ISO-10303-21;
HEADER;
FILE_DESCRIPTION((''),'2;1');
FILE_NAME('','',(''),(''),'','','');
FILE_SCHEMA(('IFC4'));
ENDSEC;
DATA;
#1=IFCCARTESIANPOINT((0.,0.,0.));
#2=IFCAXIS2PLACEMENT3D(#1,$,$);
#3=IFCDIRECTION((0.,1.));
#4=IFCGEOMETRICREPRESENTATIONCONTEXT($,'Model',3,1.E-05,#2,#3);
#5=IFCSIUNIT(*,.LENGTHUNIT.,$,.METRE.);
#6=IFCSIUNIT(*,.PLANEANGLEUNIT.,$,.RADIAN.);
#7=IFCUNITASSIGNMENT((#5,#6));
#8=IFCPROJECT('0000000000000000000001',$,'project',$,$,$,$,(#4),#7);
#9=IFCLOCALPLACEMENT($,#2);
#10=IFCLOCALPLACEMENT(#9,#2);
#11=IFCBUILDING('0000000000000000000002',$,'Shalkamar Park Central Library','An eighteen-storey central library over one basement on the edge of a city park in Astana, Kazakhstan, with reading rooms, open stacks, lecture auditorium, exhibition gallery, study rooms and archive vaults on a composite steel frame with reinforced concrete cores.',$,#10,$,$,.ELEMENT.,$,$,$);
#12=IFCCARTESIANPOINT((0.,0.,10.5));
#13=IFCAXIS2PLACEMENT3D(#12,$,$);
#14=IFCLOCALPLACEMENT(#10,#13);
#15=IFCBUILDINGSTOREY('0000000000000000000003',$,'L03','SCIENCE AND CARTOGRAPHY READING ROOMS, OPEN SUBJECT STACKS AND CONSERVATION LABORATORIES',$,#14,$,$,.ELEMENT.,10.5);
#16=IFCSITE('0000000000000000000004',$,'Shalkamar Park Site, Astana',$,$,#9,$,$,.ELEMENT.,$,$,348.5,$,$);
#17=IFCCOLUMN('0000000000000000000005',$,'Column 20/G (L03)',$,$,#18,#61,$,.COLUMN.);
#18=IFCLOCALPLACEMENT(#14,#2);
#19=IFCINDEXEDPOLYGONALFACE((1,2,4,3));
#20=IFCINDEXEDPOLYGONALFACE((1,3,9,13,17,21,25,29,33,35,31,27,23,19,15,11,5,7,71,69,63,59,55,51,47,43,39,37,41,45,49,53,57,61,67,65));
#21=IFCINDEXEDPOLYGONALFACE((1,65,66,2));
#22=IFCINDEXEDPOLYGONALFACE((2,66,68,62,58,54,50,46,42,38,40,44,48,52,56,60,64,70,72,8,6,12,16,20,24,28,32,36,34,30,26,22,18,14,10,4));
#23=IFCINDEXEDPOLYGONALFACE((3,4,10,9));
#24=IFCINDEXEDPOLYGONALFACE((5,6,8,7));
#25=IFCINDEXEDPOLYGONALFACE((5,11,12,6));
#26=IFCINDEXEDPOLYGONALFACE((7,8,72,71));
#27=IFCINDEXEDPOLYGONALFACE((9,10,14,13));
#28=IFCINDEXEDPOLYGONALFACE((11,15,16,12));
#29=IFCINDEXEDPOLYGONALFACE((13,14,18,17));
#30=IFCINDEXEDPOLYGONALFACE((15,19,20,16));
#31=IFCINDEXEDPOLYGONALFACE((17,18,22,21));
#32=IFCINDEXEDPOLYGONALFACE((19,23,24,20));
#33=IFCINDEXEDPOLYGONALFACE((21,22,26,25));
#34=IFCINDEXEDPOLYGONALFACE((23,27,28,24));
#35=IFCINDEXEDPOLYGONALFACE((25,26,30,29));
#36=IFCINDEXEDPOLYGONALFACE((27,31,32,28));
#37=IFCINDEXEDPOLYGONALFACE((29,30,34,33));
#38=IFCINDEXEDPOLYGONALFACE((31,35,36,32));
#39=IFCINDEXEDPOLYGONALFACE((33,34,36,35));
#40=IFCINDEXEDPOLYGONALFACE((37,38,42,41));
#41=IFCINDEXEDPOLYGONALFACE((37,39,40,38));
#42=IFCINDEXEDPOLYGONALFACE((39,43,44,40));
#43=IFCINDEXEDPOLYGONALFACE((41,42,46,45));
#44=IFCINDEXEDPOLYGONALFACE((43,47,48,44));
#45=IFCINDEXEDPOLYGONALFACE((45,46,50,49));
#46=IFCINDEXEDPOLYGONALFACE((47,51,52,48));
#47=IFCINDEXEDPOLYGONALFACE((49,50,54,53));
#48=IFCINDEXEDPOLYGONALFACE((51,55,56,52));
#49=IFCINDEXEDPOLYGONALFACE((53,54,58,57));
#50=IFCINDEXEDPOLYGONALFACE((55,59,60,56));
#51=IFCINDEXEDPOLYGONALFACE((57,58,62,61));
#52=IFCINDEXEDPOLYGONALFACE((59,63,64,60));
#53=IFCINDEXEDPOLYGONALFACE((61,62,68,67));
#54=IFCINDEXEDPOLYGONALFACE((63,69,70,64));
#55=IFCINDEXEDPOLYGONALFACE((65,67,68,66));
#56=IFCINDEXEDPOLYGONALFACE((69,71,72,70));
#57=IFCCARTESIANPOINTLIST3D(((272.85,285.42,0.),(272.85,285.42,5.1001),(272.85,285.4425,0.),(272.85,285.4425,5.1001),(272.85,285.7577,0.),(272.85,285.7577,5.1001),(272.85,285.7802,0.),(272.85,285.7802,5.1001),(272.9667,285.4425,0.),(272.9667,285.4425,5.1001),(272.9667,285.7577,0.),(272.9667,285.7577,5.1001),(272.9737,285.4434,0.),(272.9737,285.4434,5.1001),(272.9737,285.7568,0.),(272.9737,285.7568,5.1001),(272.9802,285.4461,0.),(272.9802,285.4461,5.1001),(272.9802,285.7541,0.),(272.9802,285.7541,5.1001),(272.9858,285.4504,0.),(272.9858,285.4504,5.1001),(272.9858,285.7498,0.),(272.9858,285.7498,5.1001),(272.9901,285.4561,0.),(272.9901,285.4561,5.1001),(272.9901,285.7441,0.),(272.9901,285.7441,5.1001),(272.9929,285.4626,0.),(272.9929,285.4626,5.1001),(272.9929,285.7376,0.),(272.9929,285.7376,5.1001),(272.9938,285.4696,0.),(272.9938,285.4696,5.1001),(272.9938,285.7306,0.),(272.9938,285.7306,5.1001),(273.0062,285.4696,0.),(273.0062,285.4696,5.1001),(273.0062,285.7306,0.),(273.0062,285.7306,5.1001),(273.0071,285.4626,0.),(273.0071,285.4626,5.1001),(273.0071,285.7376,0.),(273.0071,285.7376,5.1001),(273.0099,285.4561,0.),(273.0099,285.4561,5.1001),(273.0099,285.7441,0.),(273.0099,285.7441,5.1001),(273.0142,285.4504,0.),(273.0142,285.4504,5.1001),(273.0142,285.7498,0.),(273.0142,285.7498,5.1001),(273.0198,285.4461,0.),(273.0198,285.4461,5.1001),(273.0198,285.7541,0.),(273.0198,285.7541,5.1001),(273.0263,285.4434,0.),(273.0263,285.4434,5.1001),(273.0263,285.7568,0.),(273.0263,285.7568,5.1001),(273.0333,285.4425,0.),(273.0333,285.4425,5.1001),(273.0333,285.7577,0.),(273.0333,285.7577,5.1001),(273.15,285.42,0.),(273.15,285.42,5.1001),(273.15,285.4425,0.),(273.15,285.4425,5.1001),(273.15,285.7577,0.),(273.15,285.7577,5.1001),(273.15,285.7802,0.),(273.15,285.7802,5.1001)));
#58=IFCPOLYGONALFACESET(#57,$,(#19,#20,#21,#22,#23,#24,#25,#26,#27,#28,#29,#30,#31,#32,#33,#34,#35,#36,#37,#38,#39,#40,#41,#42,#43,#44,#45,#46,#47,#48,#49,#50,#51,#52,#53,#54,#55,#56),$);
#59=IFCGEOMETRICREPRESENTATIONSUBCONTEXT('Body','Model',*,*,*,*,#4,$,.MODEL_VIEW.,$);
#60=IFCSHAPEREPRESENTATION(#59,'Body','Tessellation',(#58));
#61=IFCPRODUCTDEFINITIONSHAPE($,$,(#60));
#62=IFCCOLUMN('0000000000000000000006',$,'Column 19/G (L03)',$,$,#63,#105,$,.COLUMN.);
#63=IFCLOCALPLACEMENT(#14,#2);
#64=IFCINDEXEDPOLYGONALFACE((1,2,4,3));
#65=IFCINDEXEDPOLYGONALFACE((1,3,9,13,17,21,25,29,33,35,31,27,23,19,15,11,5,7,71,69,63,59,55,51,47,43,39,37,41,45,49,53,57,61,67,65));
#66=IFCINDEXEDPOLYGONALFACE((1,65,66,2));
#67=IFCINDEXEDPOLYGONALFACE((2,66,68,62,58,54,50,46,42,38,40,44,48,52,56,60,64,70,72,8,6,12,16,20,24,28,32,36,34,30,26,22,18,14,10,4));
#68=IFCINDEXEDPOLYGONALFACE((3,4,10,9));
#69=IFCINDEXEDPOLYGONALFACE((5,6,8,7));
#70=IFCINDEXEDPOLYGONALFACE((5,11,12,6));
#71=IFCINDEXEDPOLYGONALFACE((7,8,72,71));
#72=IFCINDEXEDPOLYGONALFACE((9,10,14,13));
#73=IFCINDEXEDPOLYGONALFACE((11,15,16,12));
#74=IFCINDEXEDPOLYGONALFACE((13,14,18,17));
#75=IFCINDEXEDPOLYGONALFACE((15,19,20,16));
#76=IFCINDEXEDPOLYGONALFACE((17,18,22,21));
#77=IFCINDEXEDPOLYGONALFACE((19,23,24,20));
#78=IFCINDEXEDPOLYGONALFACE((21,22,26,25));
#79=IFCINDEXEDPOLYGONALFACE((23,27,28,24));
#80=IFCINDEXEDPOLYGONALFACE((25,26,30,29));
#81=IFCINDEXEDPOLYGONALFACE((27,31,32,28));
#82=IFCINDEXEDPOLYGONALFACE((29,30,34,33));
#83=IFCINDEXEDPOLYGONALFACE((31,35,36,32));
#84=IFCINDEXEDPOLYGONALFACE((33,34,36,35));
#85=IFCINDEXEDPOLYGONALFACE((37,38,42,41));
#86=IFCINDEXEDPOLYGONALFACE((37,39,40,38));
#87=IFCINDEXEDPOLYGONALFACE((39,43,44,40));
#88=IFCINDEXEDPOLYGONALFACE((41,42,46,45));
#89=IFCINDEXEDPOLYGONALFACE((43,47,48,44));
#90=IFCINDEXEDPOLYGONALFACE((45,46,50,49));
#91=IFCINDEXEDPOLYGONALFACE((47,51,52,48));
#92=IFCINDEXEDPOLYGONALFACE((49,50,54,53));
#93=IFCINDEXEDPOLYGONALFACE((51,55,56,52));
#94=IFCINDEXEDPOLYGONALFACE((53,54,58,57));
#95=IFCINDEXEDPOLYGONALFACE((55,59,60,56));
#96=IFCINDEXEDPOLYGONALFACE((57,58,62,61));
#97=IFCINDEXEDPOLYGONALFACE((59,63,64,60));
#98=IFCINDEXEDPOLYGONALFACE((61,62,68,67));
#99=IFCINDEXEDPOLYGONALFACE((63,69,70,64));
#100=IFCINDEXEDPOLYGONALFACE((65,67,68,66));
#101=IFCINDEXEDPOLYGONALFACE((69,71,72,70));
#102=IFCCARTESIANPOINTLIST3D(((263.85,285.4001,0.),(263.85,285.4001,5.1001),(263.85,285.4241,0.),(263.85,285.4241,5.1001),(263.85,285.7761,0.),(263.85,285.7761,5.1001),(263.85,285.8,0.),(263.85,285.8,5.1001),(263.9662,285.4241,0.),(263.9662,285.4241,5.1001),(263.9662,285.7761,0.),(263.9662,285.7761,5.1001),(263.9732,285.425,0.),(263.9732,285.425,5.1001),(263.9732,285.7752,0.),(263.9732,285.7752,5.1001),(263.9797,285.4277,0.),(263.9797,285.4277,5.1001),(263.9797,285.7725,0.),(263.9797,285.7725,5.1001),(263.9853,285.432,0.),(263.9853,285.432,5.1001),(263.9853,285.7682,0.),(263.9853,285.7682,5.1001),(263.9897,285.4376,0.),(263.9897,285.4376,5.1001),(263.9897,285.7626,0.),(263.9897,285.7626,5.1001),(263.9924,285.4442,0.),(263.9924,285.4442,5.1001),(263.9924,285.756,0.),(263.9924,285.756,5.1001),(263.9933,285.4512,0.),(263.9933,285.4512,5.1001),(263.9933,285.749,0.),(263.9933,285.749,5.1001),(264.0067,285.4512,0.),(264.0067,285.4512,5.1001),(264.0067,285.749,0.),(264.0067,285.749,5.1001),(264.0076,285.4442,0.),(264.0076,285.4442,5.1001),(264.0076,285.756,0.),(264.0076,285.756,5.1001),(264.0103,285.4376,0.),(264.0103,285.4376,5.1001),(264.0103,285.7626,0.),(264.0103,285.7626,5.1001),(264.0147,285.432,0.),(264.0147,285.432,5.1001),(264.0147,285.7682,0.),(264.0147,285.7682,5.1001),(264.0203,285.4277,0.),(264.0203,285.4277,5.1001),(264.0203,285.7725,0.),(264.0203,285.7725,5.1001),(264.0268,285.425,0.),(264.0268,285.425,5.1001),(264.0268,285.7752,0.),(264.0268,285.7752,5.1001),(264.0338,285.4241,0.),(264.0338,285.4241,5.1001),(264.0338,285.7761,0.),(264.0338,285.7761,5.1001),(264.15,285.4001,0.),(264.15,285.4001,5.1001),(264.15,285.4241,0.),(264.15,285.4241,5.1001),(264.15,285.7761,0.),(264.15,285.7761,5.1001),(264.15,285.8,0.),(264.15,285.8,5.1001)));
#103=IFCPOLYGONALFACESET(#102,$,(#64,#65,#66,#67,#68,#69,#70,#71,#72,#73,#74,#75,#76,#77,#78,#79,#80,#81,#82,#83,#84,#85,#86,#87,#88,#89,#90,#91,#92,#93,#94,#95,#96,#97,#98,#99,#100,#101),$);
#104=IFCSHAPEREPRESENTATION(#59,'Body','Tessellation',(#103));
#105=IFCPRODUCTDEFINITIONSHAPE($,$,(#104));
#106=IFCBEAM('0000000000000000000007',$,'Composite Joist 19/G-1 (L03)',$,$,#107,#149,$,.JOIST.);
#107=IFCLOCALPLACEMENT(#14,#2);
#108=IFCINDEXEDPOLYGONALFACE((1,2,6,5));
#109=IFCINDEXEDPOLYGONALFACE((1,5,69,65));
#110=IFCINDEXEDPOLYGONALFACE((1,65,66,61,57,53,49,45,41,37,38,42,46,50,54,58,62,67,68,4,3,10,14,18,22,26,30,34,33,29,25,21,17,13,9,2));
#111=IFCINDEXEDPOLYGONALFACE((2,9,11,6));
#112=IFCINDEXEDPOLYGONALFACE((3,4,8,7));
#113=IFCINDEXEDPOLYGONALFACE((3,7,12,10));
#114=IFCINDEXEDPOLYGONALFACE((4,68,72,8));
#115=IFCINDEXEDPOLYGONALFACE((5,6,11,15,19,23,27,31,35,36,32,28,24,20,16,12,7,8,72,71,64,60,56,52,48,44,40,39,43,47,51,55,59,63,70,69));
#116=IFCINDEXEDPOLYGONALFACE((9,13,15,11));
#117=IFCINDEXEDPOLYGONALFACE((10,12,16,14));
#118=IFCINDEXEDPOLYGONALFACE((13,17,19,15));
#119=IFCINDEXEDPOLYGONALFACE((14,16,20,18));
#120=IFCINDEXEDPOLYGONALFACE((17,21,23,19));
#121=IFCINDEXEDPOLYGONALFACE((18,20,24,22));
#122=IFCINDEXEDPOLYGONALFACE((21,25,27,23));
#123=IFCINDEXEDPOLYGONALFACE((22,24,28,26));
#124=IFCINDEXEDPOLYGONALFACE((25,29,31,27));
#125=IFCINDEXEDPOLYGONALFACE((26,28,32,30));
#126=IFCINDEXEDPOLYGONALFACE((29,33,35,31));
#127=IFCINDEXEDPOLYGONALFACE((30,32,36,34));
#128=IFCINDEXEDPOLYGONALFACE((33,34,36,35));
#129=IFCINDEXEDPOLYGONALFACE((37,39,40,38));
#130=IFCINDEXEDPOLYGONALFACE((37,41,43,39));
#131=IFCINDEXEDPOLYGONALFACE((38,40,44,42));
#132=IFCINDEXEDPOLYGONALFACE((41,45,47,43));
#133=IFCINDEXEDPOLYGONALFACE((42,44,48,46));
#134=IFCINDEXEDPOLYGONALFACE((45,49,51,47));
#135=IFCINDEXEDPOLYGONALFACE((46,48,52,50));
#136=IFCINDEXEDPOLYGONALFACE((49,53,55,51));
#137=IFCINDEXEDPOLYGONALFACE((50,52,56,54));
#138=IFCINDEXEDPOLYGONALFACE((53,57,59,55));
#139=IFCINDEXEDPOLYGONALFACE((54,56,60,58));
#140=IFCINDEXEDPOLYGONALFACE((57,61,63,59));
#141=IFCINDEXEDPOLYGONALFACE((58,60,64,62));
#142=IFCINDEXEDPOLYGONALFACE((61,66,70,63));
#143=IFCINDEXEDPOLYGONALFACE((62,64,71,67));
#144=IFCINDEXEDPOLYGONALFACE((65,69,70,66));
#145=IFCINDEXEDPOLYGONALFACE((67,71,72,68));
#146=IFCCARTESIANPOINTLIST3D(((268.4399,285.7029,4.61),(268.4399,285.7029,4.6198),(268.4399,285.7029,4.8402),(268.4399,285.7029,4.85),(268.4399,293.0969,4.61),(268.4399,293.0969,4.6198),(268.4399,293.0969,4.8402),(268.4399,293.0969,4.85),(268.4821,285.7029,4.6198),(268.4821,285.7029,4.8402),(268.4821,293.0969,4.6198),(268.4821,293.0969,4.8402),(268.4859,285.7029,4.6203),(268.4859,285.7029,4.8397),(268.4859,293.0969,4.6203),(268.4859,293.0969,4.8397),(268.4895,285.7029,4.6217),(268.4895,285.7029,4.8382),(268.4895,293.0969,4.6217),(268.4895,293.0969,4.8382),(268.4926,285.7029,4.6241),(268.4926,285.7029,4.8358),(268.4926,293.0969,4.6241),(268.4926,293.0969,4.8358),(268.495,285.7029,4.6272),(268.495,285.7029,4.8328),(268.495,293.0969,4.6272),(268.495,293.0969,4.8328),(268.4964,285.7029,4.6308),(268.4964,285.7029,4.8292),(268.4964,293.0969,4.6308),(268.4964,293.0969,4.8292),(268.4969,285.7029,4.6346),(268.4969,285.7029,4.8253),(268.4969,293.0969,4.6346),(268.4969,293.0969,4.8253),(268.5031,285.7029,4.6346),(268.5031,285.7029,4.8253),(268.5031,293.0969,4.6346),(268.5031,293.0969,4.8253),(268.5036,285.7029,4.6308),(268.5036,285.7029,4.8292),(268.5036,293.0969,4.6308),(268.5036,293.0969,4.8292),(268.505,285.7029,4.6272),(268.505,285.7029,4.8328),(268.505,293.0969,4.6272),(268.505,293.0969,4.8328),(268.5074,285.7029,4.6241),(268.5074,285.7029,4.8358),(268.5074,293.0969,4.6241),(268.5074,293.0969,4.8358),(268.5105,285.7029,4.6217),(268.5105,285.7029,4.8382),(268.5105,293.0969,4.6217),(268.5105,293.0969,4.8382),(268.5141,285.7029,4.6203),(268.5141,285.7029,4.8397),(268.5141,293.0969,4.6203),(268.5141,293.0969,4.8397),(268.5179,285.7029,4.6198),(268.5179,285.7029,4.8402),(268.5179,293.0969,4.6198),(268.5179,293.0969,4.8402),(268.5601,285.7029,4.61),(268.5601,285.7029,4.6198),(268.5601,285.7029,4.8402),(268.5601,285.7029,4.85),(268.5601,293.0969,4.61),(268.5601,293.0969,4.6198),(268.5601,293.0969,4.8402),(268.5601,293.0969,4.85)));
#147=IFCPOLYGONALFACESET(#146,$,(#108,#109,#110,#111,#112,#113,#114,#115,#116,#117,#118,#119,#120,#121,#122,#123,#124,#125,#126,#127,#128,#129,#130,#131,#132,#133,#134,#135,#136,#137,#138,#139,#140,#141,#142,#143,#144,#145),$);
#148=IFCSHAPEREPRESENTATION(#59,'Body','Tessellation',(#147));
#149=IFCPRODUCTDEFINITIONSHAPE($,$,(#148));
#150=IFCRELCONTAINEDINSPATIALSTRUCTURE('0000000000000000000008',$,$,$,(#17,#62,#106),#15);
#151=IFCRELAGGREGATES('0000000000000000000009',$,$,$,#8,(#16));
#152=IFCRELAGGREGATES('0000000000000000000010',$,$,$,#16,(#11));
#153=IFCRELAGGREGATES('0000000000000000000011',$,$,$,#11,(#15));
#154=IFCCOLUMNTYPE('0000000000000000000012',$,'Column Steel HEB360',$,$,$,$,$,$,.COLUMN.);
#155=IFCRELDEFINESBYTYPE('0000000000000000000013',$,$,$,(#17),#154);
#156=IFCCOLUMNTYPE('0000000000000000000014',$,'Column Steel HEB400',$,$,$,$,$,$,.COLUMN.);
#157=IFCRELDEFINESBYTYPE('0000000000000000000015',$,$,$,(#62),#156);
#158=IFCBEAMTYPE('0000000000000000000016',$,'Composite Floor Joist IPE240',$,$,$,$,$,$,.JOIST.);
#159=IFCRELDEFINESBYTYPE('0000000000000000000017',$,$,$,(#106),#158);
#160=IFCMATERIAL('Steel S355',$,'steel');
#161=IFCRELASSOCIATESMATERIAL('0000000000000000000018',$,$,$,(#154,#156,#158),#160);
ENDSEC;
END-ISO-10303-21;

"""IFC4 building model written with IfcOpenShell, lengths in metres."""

from ifc_helpers import new_model, si_unit, direction, frame, origin, origin_2d, place, context, subcontext, project, spatial, i_section, extrude, material, material_profile, profile_set, type_object, element, save


model = new_model("IFC4")

# Units and contexts
model_context = context("Model", 3, precision=1e-05, world=origin(), true_north=direction((0.0, 1.0)))
body_context = subcontext(model_context, "Body", "Model", "MODEL_VIEW")
ifc_project = project(units=[si_unit("LENGTHUNIT", "METRE"), si_unit("PLANEANGLEUNIT", "RADIAN")], contexts=[model_context])

# Site, building, storey
site_placement = place(None, origin())
site = spatial("IfcSite", under=ifc_project, at=site_placement, Name="Shalkamar Park Site, Astana", CompositionType="ELEMENT", RefElevation=348.5)
building_placement = place(site_placement, origin())
building = spatial("IfcBuilding", under=site, at=building_placement, Name="Shalkamar Park Central Library", Description="An eighteen-storey central library over one basement on the edge of a city park in Astana, Kazakhstan, with reading rooms, open stacks, lecture auditorium, exhibition gallery, study rooms and archive vaults on a composite steel frame with reinforced concrete cores.", CompositionType="ELEMENT")
storey_placement = place(building_placement, frame((0.0, 0.0, 10.5)))
storey = spatial("IfcBuildingStorey", under=building, at=storey_placement, Name="L03", Description="SCIENCE AND CARTOGRAPHY READING ROOMS, OPEN SUBJECT STACKS AND CONSERVATION LABORATORIES", CompositionType="ELEMENT", Elevation=10.5)

# Columns
ifc_material_1 = material(Name="Steel S355", Category="steel")
ifc_material_profile_1 = material_profile(ifc_material_1, i_section(OverallWidth=0.3, OverallDepth=0.3601, WebThickness=0.0125, FlangeThickness=0.0225, FilletRadius=0.0271, at=origin_2d()), Name="HEB 360")
ifc_profile_set_1 = profile_set([ifc_material_profile_1], Name="Steel S355")
column_type_1 = type_object("IfcColumnType", Name="Column Steel HEB360", PredefinedType="COLUMN", material=ifc_profile_set_1)
column_1_placement = place(storey_placement, frame((273.0, 285.6001, 0.0), z_axis=(0.0, 0.0, 1.0), x_axis=(1.0, 0.0, 0.0)))
element("IfcColumn", 1, at=column_1_placement, inside=storey, type_object=column_type_1, Name="Column 20/G (L03)", PredefinedType="COLUMN", context=body_context, shape_type="SweptSolid", body=[
    extrude(i_section(OverallWidth=0.3, OverallDepth=0.3601, WebThickness=0.0125, FlangeThickness=0.0225, FilletRadius=0.0271, at=origin_2d()), origin(), (0.0, 0.0, 1.0), 5.1001),
])
ifc_material_profile_2 = material_profile(ifc_material_1, i_section(OverallWidth=0.3, OverallDepth=0.3999, WebThickness=0.0134, FlangeThickness=0.0239, FilletRadius=0.0271, at=origin_2d()), Name="HEB 400")
ifc_profile_set_2 = profile_set([ifc_material_profile_2], Name="Steel S355")
column_type_2 = type_object("IfcColumnType", Name="Column Steel HEB400", PredefinedType="COLUMN", material=ifc_profile_set_2)
column_2_placement = place(storey_placement, frame((264.0, 285.6001, 0.0), z_axis=(0.0, 0.0, 1.0), x_axis=(1.0, 0.0, 0.0)))
element("IfcColumn", 2, at=column_2_placement, inside=storey, type_object=column_type_2, Name="Column 19/G (L03)", PredefinedType="COLUMN", context=body_context, shape_type="SweptSolid", body=[
    extrude(i_section(OverallWidth=0.3, OverallDepth=0.3999, WebThickness=0.0134, FlangeThickness=0.0239, FilletRadius=0.0271, at=origin_2d()), origin(), (0.0, 0.0, 1.0), 5.1001),
])

# Beam
ifc_material_profile_3 = material_profile(ifc_material_1, i_section(OverallWidth=0.1201, OverallDepth=0.24, WebThickness=0.0061, FlangeThickness=0.0098, FilletRadius=0.0149, at=origin_2d()), Name="IPE 240")
ifc_profile_set_3 = profile_set([ifc_material_profile_3], Name="Steel S355")
beam_type_1 = type_object("IfcBeamType", Name="Composite Floor Joist IPE240", PredefinedType="JOIST", material=ifc_profile_set_3)
beam_1_placement = place(storey_placement, frame((268.5, 285.7029, 4.73), z_axis=(0.0, 1.0, 0.0), x_axis=(-1.0, 0.0, 0.0)))
element("IfcBeam", 3, at=beam_1_placement, inside=storey, type_object=beam_type_1, Name="Composite Joist 19/G-1 (L03)", PredefinedType="JOIST", context=body_context, shape_type="SweptSolid", body=[
    extrude(i_section(OverallWidth=0.1201, OverallDepth=0.24, WebThickness=0.0061, FlangeThickness=0.0098, FilletRadius=0.0149, at=origin_2d()), origin(), (0.0, 0.0, 1.0), 7.394),
])

save(model, "model.ifc")
